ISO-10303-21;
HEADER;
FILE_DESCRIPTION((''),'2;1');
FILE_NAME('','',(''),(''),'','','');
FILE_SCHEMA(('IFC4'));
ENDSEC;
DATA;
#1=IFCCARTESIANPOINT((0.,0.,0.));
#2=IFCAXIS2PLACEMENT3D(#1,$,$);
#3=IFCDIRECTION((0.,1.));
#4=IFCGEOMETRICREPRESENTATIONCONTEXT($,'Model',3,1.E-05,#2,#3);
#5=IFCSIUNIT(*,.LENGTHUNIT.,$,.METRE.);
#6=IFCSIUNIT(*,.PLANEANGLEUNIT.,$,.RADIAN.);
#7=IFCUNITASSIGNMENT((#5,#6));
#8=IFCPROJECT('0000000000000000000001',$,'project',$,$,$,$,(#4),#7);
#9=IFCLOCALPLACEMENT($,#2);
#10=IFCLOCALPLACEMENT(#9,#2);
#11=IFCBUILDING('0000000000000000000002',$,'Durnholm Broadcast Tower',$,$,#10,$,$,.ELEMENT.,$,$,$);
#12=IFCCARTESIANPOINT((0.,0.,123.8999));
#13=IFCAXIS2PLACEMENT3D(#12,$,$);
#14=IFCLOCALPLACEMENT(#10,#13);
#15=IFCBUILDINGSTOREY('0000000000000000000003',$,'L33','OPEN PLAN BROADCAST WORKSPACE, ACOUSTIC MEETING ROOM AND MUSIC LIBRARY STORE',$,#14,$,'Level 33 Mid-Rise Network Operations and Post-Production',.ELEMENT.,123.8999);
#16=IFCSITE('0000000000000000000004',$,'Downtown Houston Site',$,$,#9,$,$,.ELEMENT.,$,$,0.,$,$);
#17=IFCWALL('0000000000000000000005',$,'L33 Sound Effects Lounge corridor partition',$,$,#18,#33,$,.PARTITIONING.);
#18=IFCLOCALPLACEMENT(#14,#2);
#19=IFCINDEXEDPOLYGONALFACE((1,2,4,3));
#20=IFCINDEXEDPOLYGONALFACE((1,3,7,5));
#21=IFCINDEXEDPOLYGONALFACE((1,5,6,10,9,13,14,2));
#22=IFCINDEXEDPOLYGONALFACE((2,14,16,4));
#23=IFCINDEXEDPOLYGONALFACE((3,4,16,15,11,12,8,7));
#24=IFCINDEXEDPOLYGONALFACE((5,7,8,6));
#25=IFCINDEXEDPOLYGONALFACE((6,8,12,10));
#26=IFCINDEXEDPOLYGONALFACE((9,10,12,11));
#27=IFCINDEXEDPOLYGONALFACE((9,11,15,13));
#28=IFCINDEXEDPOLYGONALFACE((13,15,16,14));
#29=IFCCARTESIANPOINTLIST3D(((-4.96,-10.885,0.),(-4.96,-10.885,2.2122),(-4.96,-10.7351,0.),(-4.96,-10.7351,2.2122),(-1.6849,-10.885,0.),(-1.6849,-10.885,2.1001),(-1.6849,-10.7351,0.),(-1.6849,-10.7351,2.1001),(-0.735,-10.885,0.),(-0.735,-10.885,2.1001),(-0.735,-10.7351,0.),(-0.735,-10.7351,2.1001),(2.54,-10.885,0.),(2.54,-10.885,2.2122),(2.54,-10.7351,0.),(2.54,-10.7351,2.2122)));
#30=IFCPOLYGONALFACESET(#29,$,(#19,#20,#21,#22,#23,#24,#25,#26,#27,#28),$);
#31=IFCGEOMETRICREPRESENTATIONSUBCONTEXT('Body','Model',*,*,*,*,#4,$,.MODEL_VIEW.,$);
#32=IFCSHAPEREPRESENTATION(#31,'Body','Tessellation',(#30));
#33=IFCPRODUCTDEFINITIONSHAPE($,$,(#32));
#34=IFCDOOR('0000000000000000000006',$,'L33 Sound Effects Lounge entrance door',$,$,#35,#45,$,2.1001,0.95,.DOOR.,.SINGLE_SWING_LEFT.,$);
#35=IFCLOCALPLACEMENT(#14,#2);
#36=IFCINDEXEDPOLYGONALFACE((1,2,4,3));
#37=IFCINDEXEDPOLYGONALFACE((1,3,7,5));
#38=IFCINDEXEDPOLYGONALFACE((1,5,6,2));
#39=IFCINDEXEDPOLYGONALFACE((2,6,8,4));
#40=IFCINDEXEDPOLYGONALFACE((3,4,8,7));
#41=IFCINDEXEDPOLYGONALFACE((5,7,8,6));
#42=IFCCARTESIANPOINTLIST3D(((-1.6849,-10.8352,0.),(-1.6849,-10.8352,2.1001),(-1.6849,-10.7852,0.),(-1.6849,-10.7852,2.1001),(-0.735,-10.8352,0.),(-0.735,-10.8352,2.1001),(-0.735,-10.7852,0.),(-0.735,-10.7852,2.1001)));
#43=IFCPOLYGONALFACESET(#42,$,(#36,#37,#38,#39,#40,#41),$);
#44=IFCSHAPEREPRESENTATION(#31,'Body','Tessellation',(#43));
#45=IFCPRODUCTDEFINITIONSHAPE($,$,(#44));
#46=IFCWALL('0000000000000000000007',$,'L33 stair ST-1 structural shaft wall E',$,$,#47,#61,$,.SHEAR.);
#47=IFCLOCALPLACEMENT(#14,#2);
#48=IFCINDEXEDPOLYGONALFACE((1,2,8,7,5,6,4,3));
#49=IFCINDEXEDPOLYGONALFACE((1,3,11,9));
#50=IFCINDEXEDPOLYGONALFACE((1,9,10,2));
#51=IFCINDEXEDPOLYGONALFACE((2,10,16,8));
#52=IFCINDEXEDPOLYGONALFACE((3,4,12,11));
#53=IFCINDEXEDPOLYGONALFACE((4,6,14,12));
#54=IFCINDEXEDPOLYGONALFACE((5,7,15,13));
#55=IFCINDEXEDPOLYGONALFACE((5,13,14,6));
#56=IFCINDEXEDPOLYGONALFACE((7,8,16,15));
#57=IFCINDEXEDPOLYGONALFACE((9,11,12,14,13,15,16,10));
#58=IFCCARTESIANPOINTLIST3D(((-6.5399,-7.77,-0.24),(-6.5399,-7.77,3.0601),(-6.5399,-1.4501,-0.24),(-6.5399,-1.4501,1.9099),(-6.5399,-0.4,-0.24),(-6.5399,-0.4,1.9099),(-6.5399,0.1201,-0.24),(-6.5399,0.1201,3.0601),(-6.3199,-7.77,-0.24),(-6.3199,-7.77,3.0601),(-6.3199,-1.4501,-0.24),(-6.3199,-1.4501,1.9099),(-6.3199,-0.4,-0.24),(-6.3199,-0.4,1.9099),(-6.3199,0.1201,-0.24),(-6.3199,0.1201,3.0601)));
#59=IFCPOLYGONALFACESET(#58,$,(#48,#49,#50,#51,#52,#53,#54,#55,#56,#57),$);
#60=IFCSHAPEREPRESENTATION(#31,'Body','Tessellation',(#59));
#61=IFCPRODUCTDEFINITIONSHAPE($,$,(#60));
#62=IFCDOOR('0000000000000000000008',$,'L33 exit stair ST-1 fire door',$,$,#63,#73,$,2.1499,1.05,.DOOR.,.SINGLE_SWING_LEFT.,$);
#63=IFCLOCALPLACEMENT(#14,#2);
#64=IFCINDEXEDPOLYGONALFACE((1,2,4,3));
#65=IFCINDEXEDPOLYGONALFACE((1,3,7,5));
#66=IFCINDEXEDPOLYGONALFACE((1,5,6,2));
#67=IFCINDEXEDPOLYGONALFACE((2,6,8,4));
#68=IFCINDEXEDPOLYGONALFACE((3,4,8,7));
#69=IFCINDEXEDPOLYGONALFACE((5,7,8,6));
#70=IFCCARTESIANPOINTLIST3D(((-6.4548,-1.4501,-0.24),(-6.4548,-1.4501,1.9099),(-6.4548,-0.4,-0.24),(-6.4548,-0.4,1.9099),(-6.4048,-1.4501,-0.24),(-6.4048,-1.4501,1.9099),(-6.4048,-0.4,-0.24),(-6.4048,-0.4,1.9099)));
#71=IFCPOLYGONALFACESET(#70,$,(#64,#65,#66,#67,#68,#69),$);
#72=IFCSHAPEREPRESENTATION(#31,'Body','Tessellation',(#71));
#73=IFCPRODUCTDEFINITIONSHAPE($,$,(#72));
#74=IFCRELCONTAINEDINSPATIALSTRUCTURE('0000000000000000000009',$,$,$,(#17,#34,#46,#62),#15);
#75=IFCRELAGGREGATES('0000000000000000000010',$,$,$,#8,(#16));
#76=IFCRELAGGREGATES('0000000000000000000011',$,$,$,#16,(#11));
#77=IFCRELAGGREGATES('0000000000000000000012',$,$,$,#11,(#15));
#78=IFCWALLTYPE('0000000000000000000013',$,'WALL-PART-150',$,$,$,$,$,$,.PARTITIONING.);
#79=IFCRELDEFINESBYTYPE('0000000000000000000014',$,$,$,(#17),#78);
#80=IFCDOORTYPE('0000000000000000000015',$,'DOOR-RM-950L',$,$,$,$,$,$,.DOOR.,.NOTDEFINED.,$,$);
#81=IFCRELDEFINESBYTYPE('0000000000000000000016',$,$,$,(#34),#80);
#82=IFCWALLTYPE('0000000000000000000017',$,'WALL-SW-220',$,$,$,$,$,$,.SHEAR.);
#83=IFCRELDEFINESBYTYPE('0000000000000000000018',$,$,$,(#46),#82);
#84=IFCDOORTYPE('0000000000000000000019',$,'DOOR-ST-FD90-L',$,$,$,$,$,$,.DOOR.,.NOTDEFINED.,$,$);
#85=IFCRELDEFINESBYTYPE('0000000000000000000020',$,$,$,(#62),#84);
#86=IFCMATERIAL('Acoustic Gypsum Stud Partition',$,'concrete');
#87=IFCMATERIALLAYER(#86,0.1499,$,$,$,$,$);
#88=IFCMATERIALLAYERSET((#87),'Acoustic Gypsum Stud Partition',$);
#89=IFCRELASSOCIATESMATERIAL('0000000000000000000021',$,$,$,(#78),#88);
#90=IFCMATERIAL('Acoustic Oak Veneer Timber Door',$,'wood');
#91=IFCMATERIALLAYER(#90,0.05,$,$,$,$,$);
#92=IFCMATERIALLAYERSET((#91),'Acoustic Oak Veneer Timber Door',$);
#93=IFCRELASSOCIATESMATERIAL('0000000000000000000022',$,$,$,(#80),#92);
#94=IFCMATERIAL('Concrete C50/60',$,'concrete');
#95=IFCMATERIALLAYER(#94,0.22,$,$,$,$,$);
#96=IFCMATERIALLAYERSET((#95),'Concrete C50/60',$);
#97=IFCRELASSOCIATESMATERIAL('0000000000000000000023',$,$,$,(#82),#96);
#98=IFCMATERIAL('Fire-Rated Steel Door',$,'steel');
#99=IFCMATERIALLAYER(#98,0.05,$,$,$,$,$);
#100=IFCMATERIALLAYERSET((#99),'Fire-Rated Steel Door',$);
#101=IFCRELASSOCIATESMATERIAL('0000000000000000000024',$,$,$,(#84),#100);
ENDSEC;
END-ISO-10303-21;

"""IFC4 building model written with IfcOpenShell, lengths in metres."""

from ifc_helpers import new_model, si_unit, direction, frame, frame_2d, origin, place, context, subcontext, project, spatial, rectangle, extrude, source, transform, mapped, material, layer, layer_set, type_object, type_shapes, element, fill, save


model = new_model("IFC4")

# Units and contexts
model_context = context("Model", 3, precision=1e-05, world=origin(), true_north=direction((0.0, 1.0)))
body_context = subcontext(model_context, "Body", "Model", "MODEL_VIEW")
ifc_project = project(units=[si_unit("LENGTHUNIT", "METRE"), si_unit("PLANEANGLEUNIT", "RADIAN")], contexts=[model_context])

# Site, building, storey
site_placement = place(None, origin())
site = spatial("IfcSite", under=ifc_project, at=site_placement, Name="Downtown Houston Site", CompositionType="ELEMENT", RefElevation=0.0)
building_placement = place(site_placement, origin())
building = spatial("IfcBuilding", under=site, at=building_placement, Name="Durnholm Broadcast Tower", CompositionType="ELEMENT")
storey_placement = place(building_placement, frame((0.0, 0.0, 123.8999)))
storey = spatial("IfcBuildingStorey", under=building, at=storey_placement, Name="L33", Description="OPEN PLAN BROADCAST WORKSPACE, ACOUSTIC MEETING ROOM AND MUSIC LIBRARY STORE", LongName="Level 33 Mid-Rise Network Operations and Post-Production", CompositionType="ELEMENT", Elevation=123.8999)

# Walls, openings, doors
ifc_material_1 = material(Name="Acoustic Gypsum Stud Partition", Category="concrete")
ifc_layer_1 = layer(ifc_material_1, 0.1499)
ifc_layer_set_1 = layer_set([ifc_layer_1], Name="Acoustic Gypsum Stud Partition")
wall_type_1 = type_object("IfcWallType", Name="WALL-PART-150", PredefinedType="PARTITIONING", material=ifc_layer_set_1)
wall_1_placement = place(storey_placement, frame((-4.96, -10.8101, 0.0), z_axis=(0.0, 0.0, 1.0), x_axis=(1.0, 0.0, 0.0)))
wall_1 = element("IfcWall", 1, at=wall_1_placement, inside=storey, type_object=wall_type_1, Name="L33 Sound Effects Lounge corridor partition", PredefinedType="PARTITIONING", context=body_context, shape_type="SweptSolid", body=[
    extrude(rectangle(XDim=7.5, YDim=0.1499, at=frame_2d((3.75, 0.0))), origin(), (0.0, 0.0, 1.0), 2.2122),
])
opening_1_placement = place(wall_1_placement, frame((3.2749, 0.0, 0.0)))
opening_1 = element("IfcOpeningElement", 2, at=opening_1_placement, cuts=wall_1, PredefinedType="OPENING", context=body_context, shape_type="SweptSolid", body=[
    extrude(rectangle(XDim=0.95, YDim=2.1001, at=frame_2d((0.4751, 1.05))), frame((0.0, 0.085, 0.0), z_axis=(0.0, -1.0, 0.0), x_axis=(1.0, 0.0, 0.0)), (0.0, 0.0, 1.0), 0.1699),
])
ifc_material_2 = material(Name="Acoustic Oak Veneer Timber Door", Category="wood")
ifc_layer_2 = layer(ifc_material_2, 0.05)
ifc_layer_set_2 = layer_set([ifc_layer_2], Name="Acoustic Oak Veneer Timber Door")
door_type_1 = type_object("IfcDoorType", Name="DOOR-RM-950L", OperationType="NOTDEFINED", PredefinedType="DOOR", material=ifc_layer_set_2)
shared_shape_1 = source(origin(), body_context, "Body", "SweptSolid", [
    extrude(rectangle(XDim=0.95, YDim=2.1001, at=frame_2d((0.4751, 1.05))), frame((0.0, 0.0249, 0.0), z_axis=(0.0, -1.0, 0.0), x_axis=(1.0, 0.0, 0.0)), (0.0, 0.0, 1.0), 0.05),
])
type_shapes(door_type_1, [shared_shape_1])
door_1_placement = place(opening_1_placement, origin())
door_1 = element("IfcDoor", 3, at=door_1_placement, inside=storey, type_object=door_type_1, Name="L33 Sound Effects Lounge entrance door", OperationType="SINGLE_SWING_LEFT", OverallHeight=2.1001, OverallWidth=0.95, PredefinedType="DOOR", context=body_context, shape_type="MappedRepresentation", body=[
    mapped(shared_shape_1, transform((0.0, 0.0, 0.0), x_axis=(1.0, 0.0, 0.0), y_axis=(0.0, 1.0, 0.0), z_axis=(0.0, 0.0, 1.0), scale=1.0)),
])
fill(opening_1, door_1)
ifc_material_3 = material(Name="Concrete C50/60", Category="concrete")
ifc_layer_3 = layer(ifc_material_3, 0.22)
ifc_layer_set_3 = layer_set([ifc_layer_3], Name="Concrete C50/60")
wall_type_2 = type_object("IfcWallType", Name="WALL-SW-220", PredefinedType="SHEAR", material=ifc_layer_set_3)
wall_2_placement = place(storey_placement, frame((-6.4299, -7.77, -0.24), z_axis=(0.0, 0.0, 1.0), x_axis=(0.0, 1.0, 0.0)))
wall_2 = element("IfcWall", 4, at=wall_2_placement, inside=storey, type_object=wall_type_2, Name="L33 stair ST-1 structural shaft wall E", PredefinedType="SHEAR", context=body_context, shape_type="SweptSolid", body=[
    extrude(rectangle(XDim=7.8901, YDim=0.22, at=frame_2d((3.9451, 0.0))), origin(), (0.0, 0.0, 1.0), 3.3),
])
opening_2_placement = place(wall_2_placement, frame((6.3201, 0.0, 0.0)))
opening_2 = element("IfcOpeningElement", 5, at=opening_2_placement, cuts=wall_2, PredefinedType="OPENING", context=body_context, shape_type="SweptSolid", body=[
    extrude(rectangle(XDim=1.05, YDim=2.1499, at=frame_2d((0.5249, 1.075))), frame((0.0, 0.1201, 0.0), z_axis=(0.0, -1.0, 0.0), x_axis=(1.0, 0.0, 0.0)), (0.0, 0.0, 1.0), 0.24),
])
ifc_material_4 = material(Name="Fire-Rated Steel Door", Category="steel")
ifc_layer_4 = layer(ifc_material_4, 0.05)
ifc_layer_set_4 = layer_set([ifc_layer_4], Name="Fire-Rated Steel Door")
door_type_2 = type_object("IfcDoorType", Name="DOOR-ST-FD90-L", OperationType="NOTDEFINED", PredefinedType="DOOR", material=ifc_layer_set_4)
shared_shape_2 = source(origin(), body_context, "Body", "SweptSolid", [
    extrude(rectangle(XDim=1.05, YDim=2.1499, at=frame_2d((0.5249, 1.075))), frame((0.0, 0.0249, 0.0), z_axis=(0.0, -1.0, 0.0), x_axis=(1.0, 0.0, 0.0)), (0.0, 0.0, 1.0), 0.05),
])
type_shapes(door_type_2, [shared_shape_2])
door_2_placement = place(opening_2_placement, origin())
door_2 = element("IfcDoor", 6, at=door_2_placement, inside=storey, type_object=door_type_2, Name="L33 exit stair ST-1 fire door", OperationType="SINGLE_SWING_LEFT", OverallHeight=2.1499, OverallWidth=1.05, PredefinedType="DOOR", context=body_context, shape_type="MappedRepresentation", body=[
    mapped(shared_shape_2, transform((0.0, 0.0, 0.0), x_axis=(1.0, 0.0, 0.0), y_axis=(0.0, 1.0, 0.0), z_axis=(0.0, 0.0, 1.0), scale=1.0)),
])
fill(opening_2, door_2)

save(model, "model.ifc")
